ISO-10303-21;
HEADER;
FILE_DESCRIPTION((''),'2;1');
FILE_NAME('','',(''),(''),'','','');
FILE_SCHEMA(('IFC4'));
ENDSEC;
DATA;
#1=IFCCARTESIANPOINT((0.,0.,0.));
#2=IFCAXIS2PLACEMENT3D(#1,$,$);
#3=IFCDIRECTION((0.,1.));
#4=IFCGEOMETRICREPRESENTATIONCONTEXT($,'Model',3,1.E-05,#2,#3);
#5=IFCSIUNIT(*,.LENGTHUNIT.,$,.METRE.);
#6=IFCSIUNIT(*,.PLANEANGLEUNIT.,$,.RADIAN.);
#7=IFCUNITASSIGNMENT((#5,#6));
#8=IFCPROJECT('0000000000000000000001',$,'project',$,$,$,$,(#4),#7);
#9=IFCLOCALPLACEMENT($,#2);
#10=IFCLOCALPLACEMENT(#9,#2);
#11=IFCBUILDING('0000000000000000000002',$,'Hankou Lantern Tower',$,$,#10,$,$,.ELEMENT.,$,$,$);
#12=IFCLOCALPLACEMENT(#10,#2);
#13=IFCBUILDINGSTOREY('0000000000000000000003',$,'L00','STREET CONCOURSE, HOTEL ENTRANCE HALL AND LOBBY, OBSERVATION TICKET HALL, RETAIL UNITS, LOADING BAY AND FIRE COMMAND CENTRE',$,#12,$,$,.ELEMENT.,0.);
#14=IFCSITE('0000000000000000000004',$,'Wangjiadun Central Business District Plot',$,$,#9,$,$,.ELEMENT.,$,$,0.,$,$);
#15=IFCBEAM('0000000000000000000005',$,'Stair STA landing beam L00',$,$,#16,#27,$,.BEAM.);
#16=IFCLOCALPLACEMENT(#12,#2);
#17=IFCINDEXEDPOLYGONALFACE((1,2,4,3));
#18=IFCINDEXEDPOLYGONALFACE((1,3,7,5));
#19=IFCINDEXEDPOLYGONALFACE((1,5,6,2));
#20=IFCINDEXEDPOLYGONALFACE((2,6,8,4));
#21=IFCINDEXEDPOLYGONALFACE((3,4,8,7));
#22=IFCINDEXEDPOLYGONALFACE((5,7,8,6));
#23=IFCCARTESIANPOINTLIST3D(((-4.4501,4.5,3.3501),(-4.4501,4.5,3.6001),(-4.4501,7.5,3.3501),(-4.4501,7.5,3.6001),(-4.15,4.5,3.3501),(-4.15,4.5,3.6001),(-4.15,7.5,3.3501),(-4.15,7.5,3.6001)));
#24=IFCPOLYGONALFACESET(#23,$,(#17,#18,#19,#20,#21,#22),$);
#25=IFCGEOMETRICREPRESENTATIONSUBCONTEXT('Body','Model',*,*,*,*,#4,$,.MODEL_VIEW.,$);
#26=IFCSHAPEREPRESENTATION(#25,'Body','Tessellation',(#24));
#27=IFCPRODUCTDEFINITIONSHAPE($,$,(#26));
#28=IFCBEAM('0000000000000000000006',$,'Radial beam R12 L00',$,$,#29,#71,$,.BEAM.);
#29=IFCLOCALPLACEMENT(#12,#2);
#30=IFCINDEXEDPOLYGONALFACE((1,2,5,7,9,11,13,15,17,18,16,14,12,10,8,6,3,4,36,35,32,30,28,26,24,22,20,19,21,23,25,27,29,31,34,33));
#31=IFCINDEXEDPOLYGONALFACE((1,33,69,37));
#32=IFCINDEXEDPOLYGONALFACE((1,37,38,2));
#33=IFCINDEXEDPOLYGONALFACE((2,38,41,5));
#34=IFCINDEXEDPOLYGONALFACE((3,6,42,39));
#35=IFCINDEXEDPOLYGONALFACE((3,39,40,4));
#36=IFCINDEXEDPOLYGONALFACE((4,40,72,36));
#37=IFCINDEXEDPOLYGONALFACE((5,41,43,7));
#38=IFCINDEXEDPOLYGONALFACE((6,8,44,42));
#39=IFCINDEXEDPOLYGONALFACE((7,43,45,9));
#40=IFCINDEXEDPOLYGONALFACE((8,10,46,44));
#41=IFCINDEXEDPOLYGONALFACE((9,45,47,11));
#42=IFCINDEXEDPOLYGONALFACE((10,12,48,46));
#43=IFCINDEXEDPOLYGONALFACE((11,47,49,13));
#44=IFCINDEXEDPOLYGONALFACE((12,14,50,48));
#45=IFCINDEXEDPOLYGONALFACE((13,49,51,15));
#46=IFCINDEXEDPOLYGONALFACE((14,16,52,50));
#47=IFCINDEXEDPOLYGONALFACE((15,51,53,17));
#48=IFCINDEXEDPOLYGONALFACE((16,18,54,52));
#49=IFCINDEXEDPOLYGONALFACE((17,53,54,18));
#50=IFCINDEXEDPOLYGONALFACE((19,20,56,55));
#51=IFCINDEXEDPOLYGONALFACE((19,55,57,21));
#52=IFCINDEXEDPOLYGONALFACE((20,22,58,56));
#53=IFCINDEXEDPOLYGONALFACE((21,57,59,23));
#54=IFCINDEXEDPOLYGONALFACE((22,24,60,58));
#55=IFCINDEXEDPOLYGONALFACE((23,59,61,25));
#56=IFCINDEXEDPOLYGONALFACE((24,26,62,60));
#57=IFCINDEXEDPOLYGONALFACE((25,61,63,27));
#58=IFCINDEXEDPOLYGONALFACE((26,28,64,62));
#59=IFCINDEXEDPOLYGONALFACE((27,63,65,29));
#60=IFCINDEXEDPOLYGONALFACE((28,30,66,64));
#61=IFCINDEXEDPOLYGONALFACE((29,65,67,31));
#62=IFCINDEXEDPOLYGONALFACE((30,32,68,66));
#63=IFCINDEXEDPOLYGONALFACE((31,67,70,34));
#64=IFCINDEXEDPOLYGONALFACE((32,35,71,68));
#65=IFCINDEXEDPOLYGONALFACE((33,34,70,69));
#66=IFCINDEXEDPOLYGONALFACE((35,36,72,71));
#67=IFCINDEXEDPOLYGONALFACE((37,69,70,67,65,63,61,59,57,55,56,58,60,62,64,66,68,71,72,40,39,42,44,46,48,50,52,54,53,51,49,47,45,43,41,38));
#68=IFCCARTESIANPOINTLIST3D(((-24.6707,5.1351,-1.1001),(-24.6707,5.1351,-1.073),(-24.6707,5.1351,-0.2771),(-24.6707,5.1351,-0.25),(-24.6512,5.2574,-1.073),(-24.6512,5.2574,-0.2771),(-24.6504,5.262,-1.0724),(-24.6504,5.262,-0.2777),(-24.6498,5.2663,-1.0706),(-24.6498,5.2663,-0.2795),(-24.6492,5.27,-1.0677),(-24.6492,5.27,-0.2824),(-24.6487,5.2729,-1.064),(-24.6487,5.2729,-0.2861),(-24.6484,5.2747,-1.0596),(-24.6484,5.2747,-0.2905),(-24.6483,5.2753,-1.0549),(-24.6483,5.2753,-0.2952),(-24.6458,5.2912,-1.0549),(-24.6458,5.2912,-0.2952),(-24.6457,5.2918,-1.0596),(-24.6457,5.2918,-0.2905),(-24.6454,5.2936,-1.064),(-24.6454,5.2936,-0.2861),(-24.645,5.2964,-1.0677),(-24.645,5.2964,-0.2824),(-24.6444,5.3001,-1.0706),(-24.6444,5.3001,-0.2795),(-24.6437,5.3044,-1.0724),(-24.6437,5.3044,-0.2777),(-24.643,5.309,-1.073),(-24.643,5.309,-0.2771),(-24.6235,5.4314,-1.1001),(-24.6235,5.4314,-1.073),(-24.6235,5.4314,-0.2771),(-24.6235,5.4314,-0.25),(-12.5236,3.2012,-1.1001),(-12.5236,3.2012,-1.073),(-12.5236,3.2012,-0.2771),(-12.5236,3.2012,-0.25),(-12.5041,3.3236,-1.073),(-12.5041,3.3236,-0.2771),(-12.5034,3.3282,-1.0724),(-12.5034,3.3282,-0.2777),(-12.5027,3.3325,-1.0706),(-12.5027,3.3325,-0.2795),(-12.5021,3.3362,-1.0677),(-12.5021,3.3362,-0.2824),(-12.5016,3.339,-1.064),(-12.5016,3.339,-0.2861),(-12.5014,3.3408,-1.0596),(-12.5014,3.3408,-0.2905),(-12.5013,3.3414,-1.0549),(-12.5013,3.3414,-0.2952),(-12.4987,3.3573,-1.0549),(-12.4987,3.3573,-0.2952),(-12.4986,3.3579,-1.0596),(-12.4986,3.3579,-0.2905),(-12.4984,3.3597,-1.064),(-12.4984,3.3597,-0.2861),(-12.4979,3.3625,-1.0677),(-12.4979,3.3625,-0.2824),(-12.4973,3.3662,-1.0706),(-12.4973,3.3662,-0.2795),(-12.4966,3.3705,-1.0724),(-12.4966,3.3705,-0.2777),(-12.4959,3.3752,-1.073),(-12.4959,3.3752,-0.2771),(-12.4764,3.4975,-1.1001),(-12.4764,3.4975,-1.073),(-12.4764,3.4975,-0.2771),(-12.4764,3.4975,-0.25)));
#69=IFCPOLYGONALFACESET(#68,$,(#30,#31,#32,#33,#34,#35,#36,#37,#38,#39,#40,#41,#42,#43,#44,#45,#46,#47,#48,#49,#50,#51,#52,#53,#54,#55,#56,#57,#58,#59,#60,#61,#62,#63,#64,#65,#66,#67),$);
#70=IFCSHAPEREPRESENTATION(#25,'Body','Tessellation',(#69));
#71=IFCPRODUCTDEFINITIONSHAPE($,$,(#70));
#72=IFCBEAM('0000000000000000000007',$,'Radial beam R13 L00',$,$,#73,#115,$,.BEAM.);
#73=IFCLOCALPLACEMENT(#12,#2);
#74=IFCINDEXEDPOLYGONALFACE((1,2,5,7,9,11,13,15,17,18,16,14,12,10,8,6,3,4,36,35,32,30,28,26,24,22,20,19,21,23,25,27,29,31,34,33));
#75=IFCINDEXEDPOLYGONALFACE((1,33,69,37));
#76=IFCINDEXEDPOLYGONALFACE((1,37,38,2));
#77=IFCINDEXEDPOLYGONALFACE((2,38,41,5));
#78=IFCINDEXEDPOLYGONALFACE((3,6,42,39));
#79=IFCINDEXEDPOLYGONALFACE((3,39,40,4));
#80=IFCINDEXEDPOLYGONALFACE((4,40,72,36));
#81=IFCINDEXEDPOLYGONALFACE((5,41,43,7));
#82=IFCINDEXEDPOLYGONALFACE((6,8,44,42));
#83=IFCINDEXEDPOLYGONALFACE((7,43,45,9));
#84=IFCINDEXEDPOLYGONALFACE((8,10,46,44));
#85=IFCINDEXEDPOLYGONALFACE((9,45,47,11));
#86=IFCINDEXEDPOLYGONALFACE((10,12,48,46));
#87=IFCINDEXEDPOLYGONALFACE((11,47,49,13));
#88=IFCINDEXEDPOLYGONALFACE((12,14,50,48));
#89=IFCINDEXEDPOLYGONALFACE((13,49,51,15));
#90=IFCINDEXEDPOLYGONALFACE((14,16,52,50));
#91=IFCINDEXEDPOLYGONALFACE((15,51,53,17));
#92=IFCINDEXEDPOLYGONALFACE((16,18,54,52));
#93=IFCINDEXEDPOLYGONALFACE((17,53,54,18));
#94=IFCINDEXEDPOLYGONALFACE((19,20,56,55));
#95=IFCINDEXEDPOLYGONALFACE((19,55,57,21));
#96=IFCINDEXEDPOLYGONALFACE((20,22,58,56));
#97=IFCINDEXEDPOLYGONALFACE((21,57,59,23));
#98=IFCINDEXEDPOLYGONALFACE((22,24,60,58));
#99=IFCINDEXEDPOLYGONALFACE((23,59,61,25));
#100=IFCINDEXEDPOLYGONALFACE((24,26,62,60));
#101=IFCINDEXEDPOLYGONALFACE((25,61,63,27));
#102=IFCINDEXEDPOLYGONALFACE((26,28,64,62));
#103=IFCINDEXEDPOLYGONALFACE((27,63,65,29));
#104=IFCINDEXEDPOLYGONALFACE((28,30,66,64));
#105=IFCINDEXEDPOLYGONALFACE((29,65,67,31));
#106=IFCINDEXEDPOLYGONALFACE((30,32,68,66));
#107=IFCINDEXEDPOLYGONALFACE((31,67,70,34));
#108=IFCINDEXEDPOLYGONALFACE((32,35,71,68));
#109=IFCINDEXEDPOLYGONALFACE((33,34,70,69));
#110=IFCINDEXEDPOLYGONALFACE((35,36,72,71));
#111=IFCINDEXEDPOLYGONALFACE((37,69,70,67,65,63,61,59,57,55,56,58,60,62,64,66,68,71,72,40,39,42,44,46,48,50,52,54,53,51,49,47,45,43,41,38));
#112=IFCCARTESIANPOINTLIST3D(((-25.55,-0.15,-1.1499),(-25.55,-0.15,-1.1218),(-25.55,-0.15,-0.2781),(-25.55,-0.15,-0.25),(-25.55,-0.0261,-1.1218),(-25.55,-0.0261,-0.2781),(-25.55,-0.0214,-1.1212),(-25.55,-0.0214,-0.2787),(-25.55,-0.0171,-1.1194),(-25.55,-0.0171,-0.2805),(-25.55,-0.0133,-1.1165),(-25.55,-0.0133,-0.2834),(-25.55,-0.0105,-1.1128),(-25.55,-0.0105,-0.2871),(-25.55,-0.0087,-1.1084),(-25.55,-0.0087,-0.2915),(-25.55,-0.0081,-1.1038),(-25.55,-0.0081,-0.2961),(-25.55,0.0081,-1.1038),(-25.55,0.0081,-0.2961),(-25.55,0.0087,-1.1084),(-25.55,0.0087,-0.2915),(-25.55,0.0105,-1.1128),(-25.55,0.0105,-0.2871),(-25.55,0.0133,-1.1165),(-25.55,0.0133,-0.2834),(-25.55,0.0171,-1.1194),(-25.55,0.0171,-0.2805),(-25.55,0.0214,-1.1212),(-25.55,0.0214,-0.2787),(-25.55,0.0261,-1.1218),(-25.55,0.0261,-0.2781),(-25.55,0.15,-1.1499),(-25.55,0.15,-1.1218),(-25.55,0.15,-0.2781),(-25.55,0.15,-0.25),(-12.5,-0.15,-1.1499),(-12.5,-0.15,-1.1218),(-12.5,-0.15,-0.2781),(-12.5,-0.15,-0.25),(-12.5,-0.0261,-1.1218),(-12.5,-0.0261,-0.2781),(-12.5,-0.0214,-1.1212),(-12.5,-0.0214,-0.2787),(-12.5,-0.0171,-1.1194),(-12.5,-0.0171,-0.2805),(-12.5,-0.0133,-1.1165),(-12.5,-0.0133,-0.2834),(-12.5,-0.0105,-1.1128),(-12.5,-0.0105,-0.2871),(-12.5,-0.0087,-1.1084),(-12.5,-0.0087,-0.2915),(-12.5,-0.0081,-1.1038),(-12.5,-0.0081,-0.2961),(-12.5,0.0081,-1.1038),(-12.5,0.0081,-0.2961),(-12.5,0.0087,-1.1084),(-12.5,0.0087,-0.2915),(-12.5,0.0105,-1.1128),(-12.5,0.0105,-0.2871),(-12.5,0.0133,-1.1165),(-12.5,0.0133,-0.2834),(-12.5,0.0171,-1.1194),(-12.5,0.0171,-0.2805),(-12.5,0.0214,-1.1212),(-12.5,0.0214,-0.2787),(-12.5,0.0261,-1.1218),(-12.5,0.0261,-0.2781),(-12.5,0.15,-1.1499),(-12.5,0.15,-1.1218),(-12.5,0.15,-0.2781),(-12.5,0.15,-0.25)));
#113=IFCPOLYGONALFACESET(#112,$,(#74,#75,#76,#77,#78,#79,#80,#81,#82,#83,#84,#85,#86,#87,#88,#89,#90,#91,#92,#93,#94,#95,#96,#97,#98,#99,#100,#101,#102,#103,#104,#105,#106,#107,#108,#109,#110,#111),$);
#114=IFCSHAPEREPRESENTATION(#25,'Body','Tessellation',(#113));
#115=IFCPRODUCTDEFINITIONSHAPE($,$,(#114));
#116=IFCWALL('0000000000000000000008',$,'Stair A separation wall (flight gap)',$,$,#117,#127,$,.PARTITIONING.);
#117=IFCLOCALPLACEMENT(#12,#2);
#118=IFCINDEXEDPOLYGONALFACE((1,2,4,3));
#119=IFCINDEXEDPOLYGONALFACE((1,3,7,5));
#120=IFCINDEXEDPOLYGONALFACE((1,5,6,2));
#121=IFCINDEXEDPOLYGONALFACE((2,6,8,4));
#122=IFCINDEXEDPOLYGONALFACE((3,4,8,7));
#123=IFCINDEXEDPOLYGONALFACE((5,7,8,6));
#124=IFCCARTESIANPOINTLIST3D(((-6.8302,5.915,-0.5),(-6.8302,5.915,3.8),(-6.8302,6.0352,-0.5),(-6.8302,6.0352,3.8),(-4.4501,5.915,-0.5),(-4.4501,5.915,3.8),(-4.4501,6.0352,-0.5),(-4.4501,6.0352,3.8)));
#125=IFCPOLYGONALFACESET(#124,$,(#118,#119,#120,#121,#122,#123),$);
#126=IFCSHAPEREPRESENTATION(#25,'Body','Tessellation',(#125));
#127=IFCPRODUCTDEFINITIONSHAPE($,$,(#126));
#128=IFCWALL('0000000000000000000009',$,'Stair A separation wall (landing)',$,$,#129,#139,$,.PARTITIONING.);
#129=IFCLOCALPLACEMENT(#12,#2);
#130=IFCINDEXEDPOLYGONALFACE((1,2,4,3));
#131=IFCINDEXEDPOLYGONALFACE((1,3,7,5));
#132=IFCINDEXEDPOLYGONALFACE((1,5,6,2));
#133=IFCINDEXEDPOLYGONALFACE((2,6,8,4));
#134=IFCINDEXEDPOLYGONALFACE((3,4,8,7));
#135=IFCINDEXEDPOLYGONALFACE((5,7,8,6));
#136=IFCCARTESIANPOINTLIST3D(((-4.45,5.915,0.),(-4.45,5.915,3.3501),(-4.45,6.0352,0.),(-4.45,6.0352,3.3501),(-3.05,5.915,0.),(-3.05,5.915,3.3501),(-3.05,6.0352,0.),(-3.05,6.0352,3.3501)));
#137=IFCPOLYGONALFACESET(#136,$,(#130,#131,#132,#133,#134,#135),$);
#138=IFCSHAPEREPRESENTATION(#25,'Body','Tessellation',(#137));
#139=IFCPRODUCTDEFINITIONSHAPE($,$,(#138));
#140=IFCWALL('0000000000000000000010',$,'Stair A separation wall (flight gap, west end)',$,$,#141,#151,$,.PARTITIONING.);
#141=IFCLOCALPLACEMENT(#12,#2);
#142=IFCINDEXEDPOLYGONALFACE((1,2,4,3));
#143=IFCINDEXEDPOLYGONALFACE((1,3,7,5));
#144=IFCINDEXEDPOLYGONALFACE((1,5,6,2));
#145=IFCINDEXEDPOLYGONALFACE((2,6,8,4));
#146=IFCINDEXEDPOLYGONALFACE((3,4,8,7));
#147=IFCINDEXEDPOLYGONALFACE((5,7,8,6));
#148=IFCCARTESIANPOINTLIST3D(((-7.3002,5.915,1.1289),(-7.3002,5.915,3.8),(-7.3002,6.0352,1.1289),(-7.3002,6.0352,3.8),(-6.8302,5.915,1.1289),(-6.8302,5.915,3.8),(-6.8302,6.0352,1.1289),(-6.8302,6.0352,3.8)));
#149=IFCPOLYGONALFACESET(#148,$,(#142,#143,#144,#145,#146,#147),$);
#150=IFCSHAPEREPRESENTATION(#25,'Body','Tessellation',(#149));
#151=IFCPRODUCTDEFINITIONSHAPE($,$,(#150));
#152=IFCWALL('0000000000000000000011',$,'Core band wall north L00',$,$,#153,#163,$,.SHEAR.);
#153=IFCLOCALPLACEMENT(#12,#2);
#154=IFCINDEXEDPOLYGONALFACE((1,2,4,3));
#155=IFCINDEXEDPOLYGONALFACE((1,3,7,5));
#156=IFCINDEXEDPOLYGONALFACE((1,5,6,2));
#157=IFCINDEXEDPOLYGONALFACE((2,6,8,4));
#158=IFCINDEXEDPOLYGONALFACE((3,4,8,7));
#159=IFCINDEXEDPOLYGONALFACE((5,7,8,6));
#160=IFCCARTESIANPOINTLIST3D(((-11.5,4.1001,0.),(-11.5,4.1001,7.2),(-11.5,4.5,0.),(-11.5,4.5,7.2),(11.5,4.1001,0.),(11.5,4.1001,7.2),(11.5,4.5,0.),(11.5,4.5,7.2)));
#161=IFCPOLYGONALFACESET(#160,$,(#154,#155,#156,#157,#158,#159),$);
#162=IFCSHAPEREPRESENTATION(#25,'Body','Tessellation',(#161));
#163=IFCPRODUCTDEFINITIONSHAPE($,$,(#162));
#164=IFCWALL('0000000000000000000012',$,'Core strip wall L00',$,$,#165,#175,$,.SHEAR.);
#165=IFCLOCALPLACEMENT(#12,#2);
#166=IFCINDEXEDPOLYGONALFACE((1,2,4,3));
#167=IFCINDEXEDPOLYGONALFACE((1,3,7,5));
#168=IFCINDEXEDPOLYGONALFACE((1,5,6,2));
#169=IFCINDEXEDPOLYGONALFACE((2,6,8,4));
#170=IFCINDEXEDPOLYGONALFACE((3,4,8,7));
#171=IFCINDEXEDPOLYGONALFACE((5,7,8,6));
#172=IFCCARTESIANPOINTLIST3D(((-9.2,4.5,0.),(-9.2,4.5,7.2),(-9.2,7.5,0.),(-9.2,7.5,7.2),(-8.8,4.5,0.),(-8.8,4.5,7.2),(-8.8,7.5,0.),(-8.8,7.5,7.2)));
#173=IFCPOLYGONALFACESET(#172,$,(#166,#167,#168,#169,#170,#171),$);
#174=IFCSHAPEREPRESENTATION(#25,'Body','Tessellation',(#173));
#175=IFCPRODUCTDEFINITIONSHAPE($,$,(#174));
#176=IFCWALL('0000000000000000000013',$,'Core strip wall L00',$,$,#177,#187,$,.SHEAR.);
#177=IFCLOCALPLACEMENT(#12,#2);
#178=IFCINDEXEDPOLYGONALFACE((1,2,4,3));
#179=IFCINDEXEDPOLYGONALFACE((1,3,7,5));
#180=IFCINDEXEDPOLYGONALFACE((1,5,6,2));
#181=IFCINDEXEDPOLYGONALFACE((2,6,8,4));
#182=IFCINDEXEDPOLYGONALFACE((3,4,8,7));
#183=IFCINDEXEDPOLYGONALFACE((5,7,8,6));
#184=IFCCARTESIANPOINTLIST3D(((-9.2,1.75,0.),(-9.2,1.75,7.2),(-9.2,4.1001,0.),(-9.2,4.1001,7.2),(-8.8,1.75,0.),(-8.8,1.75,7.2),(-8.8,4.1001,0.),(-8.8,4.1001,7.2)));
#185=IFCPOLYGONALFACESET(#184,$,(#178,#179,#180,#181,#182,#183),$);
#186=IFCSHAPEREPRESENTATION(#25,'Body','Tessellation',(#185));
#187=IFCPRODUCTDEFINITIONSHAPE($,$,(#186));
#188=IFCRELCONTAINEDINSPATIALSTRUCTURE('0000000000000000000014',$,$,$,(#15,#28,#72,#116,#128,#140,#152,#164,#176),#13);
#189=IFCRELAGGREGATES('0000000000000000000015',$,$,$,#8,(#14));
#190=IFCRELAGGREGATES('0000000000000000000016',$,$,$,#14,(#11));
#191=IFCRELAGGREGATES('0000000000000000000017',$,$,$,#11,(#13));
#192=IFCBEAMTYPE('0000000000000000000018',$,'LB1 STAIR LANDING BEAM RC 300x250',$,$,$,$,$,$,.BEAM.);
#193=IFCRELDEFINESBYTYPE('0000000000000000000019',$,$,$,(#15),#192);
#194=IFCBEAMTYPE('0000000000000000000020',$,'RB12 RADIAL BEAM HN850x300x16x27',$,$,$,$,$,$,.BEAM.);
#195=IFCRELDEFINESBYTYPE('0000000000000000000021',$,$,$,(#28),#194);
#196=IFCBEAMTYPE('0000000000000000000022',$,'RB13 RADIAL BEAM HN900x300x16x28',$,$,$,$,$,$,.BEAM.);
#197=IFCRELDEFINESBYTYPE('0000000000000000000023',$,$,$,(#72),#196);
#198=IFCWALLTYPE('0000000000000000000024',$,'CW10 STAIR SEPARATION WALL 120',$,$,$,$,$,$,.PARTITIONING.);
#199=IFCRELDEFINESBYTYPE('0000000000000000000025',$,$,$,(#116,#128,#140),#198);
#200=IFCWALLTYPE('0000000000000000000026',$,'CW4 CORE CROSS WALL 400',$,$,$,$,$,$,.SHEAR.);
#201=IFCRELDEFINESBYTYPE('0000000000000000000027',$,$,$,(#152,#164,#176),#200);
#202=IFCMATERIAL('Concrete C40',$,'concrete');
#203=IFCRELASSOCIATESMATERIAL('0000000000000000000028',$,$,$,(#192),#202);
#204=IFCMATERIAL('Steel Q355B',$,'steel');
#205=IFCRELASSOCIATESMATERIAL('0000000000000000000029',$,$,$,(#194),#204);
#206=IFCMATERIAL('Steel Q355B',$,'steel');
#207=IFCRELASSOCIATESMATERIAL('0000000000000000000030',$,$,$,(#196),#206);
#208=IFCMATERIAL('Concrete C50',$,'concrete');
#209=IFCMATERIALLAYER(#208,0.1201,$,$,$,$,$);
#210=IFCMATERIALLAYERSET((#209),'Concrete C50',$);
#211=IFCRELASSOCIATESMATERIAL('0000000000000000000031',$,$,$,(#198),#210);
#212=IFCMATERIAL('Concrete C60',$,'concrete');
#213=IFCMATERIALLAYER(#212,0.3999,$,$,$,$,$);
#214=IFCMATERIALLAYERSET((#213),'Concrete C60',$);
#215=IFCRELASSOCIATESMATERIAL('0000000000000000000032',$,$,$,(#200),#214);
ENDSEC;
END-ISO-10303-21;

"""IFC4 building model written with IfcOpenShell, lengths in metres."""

from ifc_helpers import new_model, si_unit, direction, frame, frame_2d, origin, origin_2d, place, context, subcontext, project, spatial, rectangle, i_section, extrude, material, layer, layer_set, material_profile, profile_set, type_object, element, save


model = new_model("IFC4")

# Units and contexts
model_context = context("Model", 3, precision=1e-05, world=origin(), true_north=direction((0.0, 1.0)))
body_context = subcontext(model_context, "Body", "Model", "MODEL_VIEW")
ifc_project = project(units=[si_unit("LENGTHUNIT", "METRE"), si_unit("PLANEANGLEUNIT", "RADIAN")], contexts=[model_context])

# Site, building, storey
site_placement = place(None, origin())
site = spatial("IfcSite", under=ifc_project, at=site_placement, Name="Wangjiadun Central Business District Plot", CompositionType="ELEMENT", RefElevation=0.0)
building_placement = place(site_placement, origin())
building = spatial("IfcBuilding", under=site, at=building_placement, Name="Hankou Lantern Tower", CompositionType="ELEMENT")
storey_placement = place(building_placement, origin())
storey = spatial("IfcBuildingStorey", under=building, at=storey_placement, Name="L00", Description="STREET CONCOURSE, HOTEL ENTRANCE HALL AND LOBBY, OBSERVATION TICKET HALL, RETAIL UNITS, LOADING BAY AND FIRE COMMAND CENTRE", CompositionType="ELEMENT", Elevation=0.0)

# Beams
ifc_material_1 = material(Name="Concrete C40", Category="concrete")
ifc_material_profile_1 = material_profile(ifc_material_1, rectangle(XDim=0.3, YDim=0.25, at=origin_2d()), Name="RC 300x250")
ifc_profile_set_1 = profile_set([ifc_material_profile_1], Name="Concrete C40")
beam_type_1 = type_object("IfcBeamType", Name="LB1 STAIR LANDING BEAM RC 300x250", PredefinedType="BEAM", material=ifc_profile_set_1)
beam_1_placement = place(storey_placement, frame((-4.3, 4.5, 3.4751), z_axis=(0.0, 1.0, 0.0), x_axis=(-1.0, 0.0, 0.0)))
element("IfcBeam", 1, at=beam_1_placement, inside=storey, type_object=beam_type_1, Name="Stair STA landing beam L00", PredefinedType="BEAM", context=body_context, shape_type="SweptSolid", body=[
    extrude(rectangle(XDim=0.3, YDim=0.25, at=origin_2d()), origin(), (0.0, 0.0, 1.0), 3.0),
])
ifc_material_2 = material(Name="Steel Q355B", Category="steel")
ifc_material_profile_2 = material_profile(ifc_material_2, i_section(OverallWidth=0.3, OverallDepth=0.8501, WebThickness=0.0161, FlangeThickness=0.0271, FilletRadius=0.0181, at=origin_2d()), Name="HN850x300x16x27")
ifc_profile_set_2 = profile_set([ifc_material_profile_2], Name="Steel Q355B")
beam_type_2 = type_object("IfcBeamType", Name="RB12 RADIAL BEAM HN850x300x16x27", PredefinedType="BEAM", material=ifc_profile_set_2)
beam_2_placement = place(storey_placement, frame((-12.5, 3.3494, -0.675), z_axis=(-0.987563, 0.157223, 0.0), x_axis=(-0.157223, -0.987563, 0.0)))
element("IfcBeam", 2, at=beam_2_placement, inside=storey, type_object=beam_type_2, Name="Radial beam R12 L00", PredefinedType="BEAM", context=body_context, shape_type="SweptSolid", body=[
    extrude(i_section(OverallWidth=0.3, OverallDepth=0.8501, WebThickness=0.0161, FlangeThickness=0.0271, FilletRadius=0.0181, at=origin_2d()), origin(), (0.0, 0.0, 1.0), 12.3),
])
ifc_material_3 = material(Name="Steel Q355B", Category="steel")
ifc_material_profile_3 = material_profile(ifc_material_3, i_section(OverallWidth=0.3, OverallDepth=0.8999, WebThickness=0.0161, FlangeThickness=0.0281, FilletRadius=0.0181, at=origin_2d()), Name="HN900x300x16x28")
ifc_profile_set_3 = profile_set([ifc_material_profile_3], Name="Steel Q355B")
beam_type_3 = type_object("IfcBeamType", Name="RB13 RADIAL BEAM HN900x300x16x28", PredefinedType="BEAM", material=ifc_profile_set_3)
beam_3_placement = place(storey_placement, frame((-12.5, 0.0, -0.7), z_axis=(-1.0, 0.0, 0.0), x_axis=(0.0, -1.0, 0.0)))
element("IfcBeam", 3, at=beam_3_placement, inside=storey, type_object=beam_type_3, Name="Radial beam R13 L00", PredefinedType="BEAM", context=body_context, shape_type="SweptSolid", body=[
    extrude(i_section(OverallWidth=0.3, OverallDepth=0.8999, WebThickness=0.0161, FlangeThickness=0.0281, FilletRadius=0.0181, at=origin_2d()), origin(), (0.0, 0.0, 1.0), 13.05),
])

# Walls
ifc_material_4 = material(Name="Concrete C50", Category="concrete")
ifc_layer_1 = layer(ifc_material_4, 0.1201)
ifc_layer_set_1 = layer_set([ifc_layer_1], Name="Concrete C50")
wall_type_1 = type_object("IfcWallType", Name="CW10 STAIR SEPARATION WALL 120", PredefinedType="PARTITIONING", material=ifc_layer_set_1)
wall_1_placement = place(storey_placement, frame((-6.8301, 5.9751, -0.5), z_axis=(0.0, 0.0, 1.0), x_axis=(1.0, 0.0, 0.0)))
element("IfcWall", 4, at=wall_1_placement, inside=storey, type_object=wall_type_1, Name="Stair A separation wall (flight gap)", PredefinedType="PARTITIONING", context=body_context, shape_type="SweptSolid", body=[
    extrude(rectangle(XDim=2.3801, YDim=0.1201, at=frame_2d((1.1899, 0.0))), origin(), (0.0, 0.0, 1.0), 4.3),
])
wall_2_placement = place(storey_placement, frame((-4.45, 5.9751, 0.0), z_axis=(0.0, 0.0, 1.0), x_axis=(1.0, 0.0, 0.0)))
element("IfcWall", 5, at=wall_2_placement, inside=storey, type_object=wall_type_1, Name="Stair A separation wall (landing)", PredefinedType="PARTITIONING", context=body_context, shape_type="SweptSolid", body=[
    extrude(rectangle(XDim=1.3999, YDim=0.1201, at=frame_2d((0.7, 0.0))), origin(), (0.0, 0.0, 1.0), 3.3501),
])
wall_3_placement = place(storey_placement, frame((-7.3, 5.9751, 1.1289), z_axis=(0.0, 0.0, 1.0), x_axis=(1.0, 0.0, 0.0)))
element("IfcWall", 6, at=wall_3_placement, inside=storey, type_object=wall_type_1, Name="Stair A separation wall (flight gap, west end)", PredefinedType="PARTITIONING", context=body_context, shape_type="SweptSolid", body=[
    extrude(rectangle(XDim=0.47, YDim=0.1201, at=frame_2d((0.2349, 0.0))), origin(), (0.0, 0.0, 1.0), 2.6711),
])
ifc_material_5 = material(Name="Concrete C60", Category="concrete")
ifc_layer_2 = layer(ifc_material_5, 0.3999)
ifc_layer_set_2 = layer_set([ifc_layer_2], Name="Concrete C60")
wall_type_2 = type_object("IfcWallType", Name="CW4 CORE CROSS WALL 400", PredefinedType="SHEAR", material=ifc_layer_set_2)
wall_4_placement = place(storey_placement, frame((-11.5, 4.3, 0.0), z_axis=(0.0, 0.0, 1.0), x_axis=(1.0, 0.0, 0.0)))
element("IfcWall", 7, at=wall_4_placement, inside=storey, type_object=wall_type_2, Name="Core band wall north L00", PredefinedType="SHEAR", context=body_context, shape_type="SweptSolid", body=[
    extrude(rectangle(XDim=23.0, YDim=0.3999, at=frame_2d((11.5, 0.0))), origin(), (0.0, 0.0, 1.0), 7.2),
])
wall_5_placement = place(storey_placement, frame((-9.0, 4.5, 0.0), z_axis=(0.0, 0.0, 1.0), x_axis=(0.0, 1.0, 0.0)))
element("IfcWall", 8, at=wall_5_placement, inside=storey, type_object=wall_type_2, Name="Core strip wall L00", PredefinedType="SHEAR", context=body_context, shape_type="SweptSolid", body=[
    extrude(rectangle(XDim=3.0, YDim=0.3999, at=frame_2d((1.5, 0.0))), origin(), (0.0, 0.0, 1.0), 7.2),
])
wall_6_placement = place(storey_placement, frame((-9.0, 1.75, 0.0), z_axis=(0.0, 0.0, 1.0), x_axis=(0.0, 1.0, 0.0)))
element("IfcWall", 9, at=wall_6_placement, inside=storey, type_object=wall_type_2, Name="Core strip wall L00", PredefinedType="SHEAR", context=body_context, shape_type="SweptSolid", body=[
    extrude(rectangle(XDim=2.3501, YDim=0.3999, at=frame_2d((1.175, 0.0))), origin(), (0.0, 0.0, 1.0), 7.2),
])

save(model, "model.ifc")
